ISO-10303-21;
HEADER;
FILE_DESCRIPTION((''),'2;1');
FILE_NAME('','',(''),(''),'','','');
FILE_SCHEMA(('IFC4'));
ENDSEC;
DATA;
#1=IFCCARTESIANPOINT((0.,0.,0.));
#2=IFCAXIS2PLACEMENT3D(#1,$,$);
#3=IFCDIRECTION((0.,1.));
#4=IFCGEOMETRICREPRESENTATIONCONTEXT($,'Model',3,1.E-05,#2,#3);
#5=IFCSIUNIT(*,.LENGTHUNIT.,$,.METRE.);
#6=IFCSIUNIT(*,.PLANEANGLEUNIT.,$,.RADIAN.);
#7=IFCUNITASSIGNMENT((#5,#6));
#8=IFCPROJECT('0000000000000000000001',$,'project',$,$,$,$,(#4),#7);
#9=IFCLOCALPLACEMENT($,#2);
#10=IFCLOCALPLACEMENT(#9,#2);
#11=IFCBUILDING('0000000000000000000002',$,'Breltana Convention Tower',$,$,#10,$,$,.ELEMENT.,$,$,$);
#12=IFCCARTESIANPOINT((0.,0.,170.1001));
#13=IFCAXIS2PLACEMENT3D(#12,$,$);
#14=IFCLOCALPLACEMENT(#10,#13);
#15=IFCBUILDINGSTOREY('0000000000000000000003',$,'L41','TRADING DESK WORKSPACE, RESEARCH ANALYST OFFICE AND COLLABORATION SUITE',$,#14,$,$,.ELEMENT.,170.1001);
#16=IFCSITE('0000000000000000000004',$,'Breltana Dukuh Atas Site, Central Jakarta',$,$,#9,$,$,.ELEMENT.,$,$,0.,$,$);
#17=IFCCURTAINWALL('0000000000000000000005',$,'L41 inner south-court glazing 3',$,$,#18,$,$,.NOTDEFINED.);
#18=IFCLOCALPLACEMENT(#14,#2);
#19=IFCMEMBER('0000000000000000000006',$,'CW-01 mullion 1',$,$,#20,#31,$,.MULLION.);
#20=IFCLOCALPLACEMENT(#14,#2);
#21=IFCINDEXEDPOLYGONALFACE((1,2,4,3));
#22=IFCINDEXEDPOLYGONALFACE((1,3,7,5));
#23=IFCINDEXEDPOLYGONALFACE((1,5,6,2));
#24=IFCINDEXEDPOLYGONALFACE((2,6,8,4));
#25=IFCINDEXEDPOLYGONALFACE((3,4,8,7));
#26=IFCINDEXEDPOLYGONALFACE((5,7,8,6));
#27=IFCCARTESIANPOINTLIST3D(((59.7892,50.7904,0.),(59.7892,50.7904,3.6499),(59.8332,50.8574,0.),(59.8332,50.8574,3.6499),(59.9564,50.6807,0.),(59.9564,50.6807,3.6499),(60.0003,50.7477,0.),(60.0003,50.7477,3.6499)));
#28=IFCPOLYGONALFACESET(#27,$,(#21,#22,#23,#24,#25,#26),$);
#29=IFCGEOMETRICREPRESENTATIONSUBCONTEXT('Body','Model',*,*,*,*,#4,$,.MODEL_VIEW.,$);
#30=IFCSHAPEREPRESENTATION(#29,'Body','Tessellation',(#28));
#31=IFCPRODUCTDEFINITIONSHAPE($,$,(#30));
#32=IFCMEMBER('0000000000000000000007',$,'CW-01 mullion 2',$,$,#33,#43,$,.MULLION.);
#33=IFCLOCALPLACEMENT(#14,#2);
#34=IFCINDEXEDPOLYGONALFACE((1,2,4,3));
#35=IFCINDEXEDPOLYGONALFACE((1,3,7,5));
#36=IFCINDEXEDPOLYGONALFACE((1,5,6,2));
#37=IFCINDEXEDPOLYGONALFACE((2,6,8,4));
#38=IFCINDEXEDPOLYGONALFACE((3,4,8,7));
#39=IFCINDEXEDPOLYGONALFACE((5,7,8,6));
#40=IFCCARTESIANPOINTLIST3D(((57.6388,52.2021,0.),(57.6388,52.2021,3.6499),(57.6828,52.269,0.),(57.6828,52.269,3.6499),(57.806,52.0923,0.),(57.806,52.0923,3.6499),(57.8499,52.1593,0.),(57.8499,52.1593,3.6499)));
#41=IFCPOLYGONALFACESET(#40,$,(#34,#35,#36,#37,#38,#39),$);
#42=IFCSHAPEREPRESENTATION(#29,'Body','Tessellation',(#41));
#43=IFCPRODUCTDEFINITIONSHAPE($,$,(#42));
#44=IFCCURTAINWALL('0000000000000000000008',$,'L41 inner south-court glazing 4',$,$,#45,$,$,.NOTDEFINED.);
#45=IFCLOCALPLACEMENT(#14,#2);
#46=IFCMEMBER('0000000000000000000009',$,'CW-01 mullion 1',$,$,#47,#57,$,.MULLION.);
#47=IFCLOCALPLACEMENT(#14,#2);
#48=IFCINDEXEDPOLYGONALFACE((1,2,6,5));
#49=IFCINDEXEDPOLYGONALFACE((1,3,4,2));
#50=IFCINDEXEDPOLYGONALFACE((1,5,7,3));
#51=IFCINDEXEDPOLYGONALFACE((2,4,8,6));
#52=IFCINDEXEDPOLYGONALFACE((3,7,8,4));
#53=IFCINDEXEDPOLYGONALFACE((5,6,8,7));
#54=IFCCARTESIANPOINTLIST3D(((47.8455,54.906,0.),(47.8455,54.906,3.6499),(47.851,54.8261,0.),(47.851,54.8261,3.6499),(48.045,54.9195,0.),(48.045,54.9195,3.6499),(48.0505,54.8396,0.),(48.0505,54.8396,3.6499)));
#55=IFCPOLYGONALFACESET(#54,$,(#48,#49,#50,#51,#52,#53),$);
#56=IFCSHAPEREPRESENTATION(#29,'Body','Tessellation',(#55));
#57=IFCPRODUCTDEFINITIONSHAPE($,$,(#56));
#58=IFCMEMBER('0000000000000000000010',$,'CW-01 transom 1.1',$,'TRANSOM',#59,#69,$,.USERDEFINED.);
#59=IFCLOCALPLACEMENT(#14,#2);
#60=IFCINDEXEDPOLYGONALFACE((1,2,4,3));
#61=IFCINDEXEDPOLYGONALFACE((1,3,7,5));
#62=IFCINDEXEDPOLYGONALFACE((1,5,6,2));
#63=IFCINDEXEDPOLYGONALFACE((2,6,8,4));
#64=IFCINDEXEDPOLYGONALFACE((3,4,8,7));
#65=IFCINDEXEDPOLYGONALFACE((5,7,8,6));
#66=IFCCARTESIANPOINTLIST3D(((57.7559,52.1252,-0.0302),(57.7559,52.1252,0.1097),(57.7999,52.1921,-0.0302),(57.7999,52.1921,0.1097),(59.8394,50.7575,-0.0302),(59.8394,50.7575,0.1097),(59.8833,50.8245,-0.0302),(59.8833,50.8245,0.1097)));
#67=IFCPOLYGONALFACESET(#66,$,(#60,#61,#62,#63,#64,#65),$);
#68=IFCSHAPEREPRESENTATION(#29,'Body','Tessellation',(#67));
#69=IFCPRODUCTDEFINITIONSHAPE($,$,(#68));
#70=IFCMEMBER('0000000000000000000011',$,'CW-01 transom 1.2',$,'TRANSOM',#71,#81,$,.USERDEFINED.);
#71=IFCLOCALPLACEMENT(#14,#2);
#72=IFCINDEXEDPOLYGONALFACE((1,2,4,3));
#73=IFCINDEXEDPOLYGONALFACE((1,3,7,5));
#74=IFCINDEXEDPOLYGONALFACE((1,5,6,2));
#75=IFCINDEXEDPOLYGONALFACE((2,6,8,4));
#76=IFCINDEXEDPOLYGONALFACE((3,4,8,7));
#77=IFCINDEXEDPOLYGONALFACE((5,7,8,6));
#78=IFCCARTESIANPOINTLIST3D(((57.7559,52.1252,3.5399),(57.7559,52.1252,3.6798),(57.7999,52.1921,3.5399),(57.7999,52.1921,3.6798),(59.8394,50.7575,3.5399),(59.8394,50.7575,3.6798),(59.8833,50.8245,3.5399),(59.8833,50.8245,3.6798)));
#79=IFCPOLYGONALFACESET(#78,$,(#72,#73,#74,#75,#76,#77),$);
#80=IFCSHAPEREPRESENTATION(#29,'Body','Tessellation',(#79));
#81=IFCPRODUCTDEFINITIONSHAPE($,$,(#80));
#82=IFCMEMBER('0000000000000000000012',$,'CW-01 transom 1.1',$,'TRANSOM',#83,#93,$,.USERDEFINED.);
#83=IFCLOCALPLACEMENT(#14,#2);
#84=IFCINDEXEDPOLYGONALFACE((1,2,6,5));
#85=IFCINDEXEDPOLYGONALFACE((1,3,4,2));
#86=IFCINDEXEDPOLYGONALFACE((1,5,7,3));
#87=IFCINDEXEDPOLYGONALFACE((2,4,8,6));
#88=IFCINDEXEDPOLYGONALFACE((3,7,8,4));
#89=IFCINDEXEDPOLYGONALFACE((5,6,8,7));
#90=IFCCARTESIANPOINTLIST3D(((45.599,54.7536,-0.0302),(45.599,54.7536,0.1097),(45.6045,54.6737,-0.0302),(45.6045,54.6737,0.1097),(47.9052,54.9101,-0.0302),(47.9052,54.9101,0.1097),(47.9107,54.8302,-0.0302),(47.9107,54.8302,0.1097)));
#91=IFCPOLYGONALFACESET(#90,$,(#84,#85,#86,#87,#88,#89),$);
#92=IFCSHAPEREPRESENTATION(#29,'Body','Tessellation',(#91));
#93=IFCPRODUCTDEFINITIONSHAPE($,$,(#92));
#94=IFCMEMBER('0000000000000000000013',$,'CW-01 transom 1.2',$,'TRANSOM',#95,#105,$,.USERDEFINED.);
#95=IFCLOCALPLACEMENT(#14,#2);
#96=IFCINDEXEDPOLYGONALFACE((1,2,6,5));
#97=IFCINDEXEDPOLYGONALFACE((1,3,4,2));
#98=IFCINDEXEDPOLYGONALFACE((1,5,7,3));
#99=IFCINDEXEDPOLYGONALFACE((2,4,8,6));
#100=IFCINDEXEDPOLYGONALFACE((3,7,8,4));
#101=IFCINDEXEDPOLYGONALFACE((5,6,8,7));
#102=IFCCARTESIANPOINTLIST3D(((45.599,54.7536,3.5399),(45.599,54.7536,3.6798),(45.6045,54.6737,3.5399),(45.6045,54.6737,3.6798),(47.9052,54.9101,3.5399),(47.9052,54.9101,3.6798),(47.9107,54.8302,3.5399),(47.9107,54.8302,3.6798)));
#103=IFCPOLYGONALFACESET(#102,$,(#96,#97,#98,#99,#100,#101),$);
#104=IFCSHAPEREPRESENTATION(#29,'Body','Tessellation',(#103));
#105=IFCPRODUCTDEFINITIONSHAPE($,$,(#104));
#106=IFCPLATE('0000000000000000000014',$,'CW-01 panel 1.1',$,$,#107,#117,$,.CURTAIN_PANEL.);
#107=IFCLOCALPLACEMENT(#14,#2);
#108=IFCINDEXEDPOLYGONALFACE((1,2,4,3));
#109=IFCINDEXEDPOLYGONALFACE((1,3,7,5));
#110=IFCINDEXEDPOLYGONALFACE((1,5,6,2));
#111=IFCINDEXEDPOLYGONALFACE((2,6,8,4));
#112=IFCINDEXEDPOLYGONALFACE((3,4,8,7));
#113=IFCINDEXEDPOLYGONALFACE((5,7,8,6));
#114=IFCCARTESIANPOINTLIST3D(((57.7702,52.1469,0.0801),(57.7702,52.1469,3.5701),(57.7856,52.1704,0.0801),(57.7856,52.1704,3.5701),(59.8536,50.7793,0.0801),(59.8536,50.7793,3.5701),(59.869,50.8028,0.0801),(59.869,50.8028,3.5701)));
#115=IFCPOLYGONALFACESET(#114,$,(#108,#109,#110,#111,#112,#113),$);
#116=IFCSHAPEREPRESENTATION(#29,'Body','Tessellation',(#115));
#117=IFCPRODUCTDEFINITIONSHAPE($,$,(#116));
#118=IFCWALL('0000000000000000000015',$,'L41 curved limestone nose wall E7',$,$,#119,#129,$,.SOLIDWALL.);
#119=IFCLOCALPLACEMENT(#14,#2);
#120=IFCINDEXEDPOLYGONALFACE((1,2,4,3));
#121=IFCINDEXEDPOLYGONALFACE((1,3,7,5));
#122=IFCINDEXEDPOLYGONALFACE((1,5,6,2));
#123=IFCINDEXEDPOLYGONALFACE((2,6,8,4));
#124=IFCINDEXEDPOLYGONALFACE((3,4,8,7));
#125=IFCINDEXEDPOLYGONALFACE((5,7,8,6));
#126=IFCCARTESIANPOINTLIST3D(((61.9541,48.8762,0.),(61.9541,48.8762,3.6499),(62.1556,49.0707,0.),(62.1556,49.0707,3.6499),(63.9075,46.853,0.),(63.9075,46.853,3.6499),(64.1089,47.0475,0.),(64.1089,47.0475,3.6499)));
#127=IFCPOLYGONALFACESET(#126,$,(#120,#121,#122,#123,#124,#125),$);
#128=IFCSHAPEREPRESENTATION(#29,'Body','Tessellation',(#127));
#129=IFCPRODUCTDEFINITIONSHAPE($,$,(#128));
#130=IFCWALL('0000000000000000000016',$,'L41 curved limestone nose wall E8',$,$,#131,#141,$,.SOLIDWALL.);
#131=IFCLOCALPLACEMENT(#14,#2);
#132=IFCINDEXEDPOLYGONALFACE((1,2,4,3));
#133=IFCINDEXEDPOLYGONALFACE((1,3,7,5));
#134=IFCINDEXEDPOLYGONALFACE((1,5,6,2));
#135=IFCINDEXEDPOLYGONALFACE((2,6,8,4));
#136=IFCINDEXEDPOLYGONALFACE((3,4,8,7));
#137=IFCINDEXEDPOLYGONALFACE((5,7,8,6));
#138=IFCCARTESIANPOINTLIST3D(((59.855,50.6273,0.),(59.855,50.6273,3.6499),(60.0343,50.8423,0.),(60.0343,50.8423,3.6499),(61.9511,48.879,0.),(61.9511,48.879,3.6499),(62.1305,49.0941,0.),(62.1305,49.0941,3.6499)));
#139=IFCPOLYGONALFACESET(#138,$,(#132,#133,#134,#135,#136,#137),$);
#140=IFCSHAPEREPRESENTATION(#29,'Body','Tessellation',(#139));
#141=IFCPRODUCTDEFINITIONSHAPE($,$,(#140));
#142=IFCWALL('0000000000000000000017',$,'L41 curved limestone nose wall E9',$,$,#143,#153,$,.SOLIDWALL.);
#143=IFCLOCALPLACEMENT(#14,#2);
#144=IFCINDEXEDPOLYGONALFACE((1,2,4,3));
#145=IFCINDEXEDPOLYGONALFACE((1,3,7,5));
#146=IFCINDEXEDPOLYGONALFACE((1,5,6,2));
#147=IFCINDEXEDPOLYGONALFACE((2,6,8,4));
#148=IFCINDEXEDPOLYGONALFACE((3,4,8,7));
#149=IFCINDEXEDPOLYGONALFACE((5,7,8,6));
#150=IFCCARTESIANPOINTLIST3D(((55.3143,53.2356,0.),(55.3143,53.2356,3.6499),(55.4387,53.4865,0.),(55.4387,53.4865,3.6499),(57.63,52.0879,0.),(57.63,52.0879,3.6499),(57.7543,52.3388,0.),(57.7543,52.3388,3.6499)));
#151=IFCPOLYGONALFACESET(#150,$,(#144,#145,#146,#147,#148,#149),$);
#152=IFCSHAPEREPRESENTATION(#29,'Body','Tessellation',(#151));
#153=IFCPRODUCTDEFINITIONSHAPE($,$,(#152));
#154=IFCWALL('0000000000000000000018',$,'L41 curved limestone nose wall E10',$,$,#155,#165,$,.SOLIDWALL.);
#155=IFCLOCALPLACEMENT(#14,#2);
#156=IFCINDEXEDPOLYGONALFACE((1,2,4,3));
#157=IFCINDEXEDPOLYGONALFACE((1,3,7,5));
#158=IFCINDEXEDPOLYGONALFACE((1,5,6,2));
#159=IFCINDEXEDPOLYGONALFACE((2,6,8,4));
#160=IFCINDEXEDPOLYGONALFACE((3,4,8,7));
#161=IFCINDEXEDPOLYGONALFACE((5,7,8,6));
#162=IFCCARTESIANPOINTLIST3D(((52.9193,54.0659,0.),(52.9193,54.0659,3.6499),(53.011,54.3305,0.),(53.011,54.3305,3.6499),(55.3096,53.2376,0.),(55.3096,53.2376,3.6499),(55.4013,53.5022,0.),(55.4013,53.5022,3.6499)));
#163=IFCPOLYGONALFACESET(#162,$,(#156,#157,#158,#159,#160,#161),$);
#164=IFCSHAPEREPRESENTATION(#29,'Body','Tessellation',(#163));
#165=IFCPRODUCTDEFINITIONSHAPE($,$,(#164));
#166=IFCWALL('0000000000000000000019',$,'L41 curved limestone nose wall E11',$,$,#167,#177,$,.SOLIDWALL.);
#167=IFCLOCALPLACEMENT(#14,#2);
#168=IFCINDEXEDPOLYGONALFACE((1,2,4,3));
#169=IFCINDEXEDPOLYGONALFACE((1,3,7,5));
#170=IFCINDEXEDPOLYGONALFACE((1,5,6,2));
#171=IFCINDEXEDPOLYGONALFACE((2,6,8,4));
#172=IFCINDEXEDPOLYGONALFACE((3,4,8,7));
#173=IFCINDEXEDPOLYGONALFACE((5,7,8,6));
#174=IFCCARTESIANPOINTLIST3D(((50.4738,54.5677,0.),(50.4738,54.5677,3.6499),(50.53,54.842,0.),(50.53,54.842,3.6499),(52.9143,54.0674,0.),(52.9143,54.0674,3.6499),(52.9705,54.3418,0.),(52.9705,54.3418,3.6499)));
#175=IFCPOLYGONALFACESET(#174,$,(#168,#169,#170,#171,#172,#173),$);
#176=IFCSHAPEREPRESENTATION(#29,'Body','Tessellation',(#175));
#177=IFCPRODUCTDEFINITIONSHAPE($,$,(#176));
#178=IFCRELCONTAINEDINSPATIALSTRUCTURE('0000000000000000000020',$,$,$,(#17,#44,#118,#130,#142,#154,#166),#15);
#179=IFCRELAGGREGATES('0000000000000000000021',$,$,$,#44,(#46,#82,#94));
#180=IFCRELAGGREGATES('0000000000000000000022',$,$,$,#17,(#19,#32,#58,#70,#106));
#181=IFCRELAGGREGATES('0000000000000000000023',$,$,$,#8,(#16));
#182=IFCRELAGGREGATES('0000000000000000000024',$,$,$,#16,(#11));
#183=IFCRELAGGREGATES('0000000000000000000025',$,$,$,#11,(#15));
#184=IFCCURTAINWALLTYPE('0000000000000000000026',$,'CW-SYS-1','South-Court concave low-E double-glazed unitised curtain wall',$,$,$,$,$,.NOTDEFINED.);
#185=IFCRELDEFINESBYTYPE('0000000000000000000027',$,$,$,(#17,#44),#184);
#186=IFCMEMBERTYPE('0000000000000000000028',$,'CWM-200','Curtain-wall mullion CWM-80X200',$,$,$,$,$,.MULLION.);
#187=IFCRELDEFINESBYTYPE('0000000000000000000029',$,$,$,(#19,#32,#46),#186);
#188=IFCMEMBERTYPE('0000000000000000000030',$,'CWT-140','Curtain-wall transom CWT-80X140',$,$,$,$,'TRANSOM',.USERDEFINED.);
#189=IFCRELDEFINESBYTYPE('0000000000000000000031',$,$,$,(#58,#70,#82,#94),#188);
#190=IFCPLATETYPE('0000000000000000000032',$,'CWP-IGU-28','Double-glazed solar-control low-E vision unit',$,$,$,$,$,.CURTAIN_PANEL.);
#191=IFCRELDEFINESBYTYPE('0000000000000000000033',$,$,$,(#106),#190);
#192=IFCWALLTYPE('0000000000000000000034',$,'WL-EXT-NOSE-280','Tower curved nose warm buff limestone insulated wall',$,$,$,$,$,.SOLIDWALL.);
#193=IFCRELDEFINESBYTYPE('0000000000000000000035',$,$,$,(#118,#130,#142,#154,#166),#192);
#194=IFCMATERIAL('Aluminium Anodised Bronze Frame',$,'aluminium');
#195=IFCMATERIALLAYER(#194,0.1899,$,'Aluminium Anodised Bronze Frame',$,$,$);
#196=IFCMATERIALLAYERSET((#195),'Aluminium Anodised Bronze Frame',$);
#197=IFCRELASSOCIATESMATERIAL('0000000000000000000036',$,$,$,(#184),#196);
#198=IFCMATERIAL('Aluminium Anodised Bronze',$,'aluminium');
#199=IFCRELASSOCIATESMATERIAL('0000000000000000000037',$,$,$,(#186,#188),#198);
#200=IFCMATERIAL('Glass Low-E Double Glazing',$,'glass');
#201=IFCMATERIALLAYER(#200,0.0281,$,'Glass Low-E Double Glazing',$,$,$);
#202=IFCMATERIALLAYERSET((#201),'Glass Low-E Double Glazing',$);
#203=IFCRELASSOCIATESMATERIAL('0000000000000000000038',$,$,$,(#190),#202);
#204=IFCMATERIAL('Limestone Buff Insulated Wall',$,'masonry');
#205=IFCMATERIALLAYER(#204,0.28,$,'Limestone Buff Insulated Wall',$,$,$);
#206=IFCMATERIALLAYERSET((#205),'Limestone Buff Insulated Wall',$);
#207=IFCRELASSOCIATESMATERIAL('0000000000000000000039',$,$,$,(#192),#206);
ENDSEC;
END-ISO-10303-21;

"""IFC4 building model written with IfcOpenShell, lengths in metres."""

from ifc_helpers import new_model, si_unit, direction, frame, frame_2d, origin, origin_2d, place, context, subcontext, project, spatial, rectangle, extrude, source, transform, mapped, material, layer, layer_set, material_profile, profile_set, type_object, element, aggregate, save


model = new_model("IFC4")

# Units and contexts
model_context = context("Model", 3, precision=1e-05, world=origin(), true_north=direction((0.0, 1.0)))
body_context = subcontext(model_context, "Body", "Model", "MODEL_VIEW")
ifc_project = project(units=[si_unit("LENGTHUNIT", "METRE"), si_unit("PLANEANGLEUNIT", "RADIAN")], contexts=[model_context])

# Site, building, storey
site_placement = place(None, origin())
site = spatial("IfcSite", under=ifc_project, at=site_placement, Name="Breltana Dukuh Atas Site, Central Jakarta", CompositionType="ELEMENT", RefElevation=0.0)
building_placement = place(site_placement, origin())
building = spatial("IfcBuilding", under=site, at=building_placement, Name="Breltana Convention Tower", CompositionType="ELEMENT")
storey_placement = place(building_placement, frame((0.0, 0.0, 170.1001)))
storey = spatial("IfcBuildingStorey", under=building, at=storey_placement, Name="L41", Description="TRADING DESK WORKSPACE, RESEARCH ANALYST OFFICE AND COLLABORATION SUITE", CompositionType="ELEMENT", Elevation=170.1001)

# Shared definitions
ifc_material_1 = material(Name="Aluminium Anodised Bronze Frame", Category="aluminium")
ifc_layer_1 = layer(ifc_material_1, 0.1899, Name="Aluminium Anodised Bronze Frame")
ifc_layer_set_1 = layer_set([ifc_layer_1], Name="Aluminium Anodised Bronze Frame")
curtain_wall_type = type_object("IfcCurtainWallType", Name="CW-SYS-1", Description="South-Court concave low-E double-glazed unitised curtain wall", PredefinedType="NOTDEFINED", material=ifc_layer_set_1)
ifc_material_2 = material(Name="Aluminium Anodised Bronze", Category="aluminium")
ifc_material_profile_1 = material_profile(ifc_material_2, rectangle(XDim=0.0801, YDim=0.2, at=origin_2d()), Name="CWM-80X200")
ifc_profile_set_1 = profile_set([ifc_material_profile_1], Name="Aluminium Anodised Bronze")
member_type_1 = type_object("IfcMemberType", Name="CWM-200", Description="Curtain-wall mullion CWM-80X200", PredefinedType="MULLION", material=ifc_profile_set_1)
shared_shape_1 = source(origin(), body_context, "Body", "SweptSolid", [
    extrude(rectangle(XDim=0.0801, YDim=0.2, at=origin_2d()), origin(), (0.0, 0.0, 1.0), 3.6499),
])

# Curtain wall, members
curtain_wall_1_placement = place(storey_placement, origin())
curtain_wall_1 = element("IfcCurtainWall", 1, at=curtain_wall_1_placement, inside=storey, type_object=curtain_wall_type, Name="L41 inner south-court glazing 3", PredefinedType="NOTDEFINED")
member_1_placement = place(storey_placement, frame((59.8948, 50.769, 0.0), z_axis=(0.0, 0.0, 1.0), x_axis=(-0.548752, -0.835985, 0.0)))
member_1 = element("IfcMember", 2, at=member_1_placement, type_object=member_type_1, Name="CW-01 mullion 1", PredefinedType="MULLION", context=body_context, shape_type="MappedRepresentation", body=[
    mapped(shared_shape_1, transform((0.0, 0.0, 0.0), scale=1.0)),
])
member_2_placement = place(storey_placement, frame((57.7444, 52.1807, 0.0), z_axis=(0.0, 0.0, 1.0), x_axis=(-0.548752, -0.835985, 0.0)))
member_2 = element("IfcMember", 3, at=member_2_placement, type_object=member_type_1, Name="CW-01 mullion 2", PredefinedType="MULLION", context=body_context, shape_type="MappedRepresentation", body=[
    mapped(shared_shape_1, transform((0.0, 0.0, 0.0), scale=1.0)),
])

# Curtain wall, member
curtain_wall_2_placement = place(storey_placement, origin())
curtain_wall_2 = element("IfcCurtainWall", 4, at=curtain_wall_2_placement, inside=storey, type_object=curtain_wall_type, Name="L41 inner south-court glazing 4", PredefinedType="NOTDEFINED")
member_3_placement = place(storey_placement, frame((47.948, 54.8728, 0.0), z_axis=(0.0, 0.0, 1.0), x_axis=(0.067733, -0.997703, 0.0)))
member_3 = element("IfcMember", 5, at=member_3_placement, type_object=member_type_1, Name="CW-01 mullion 1", PredefinedType="MULLION", context=body_context, shape_type="MappedRepresentation", body=[
    mapped(shared_shape_1, transform((0.0, 0.0, 0.0), scale=1.0)),
])

# Members
ifc_material_profile_2 = material_profile(ifc_material_2, rectangle(XDim=0.0801, YDim=0.1399, at=origin_2d()), Name="CWT-80X140")
ifc_profile_set_2 = profile_set([ifc_material_profile_2], Name="Aluminium Anodised Bronze")
member_type_2 = type_object("IfcMemberType", Name="CWT-140", Description="Curtain-wall transom CWT-80X140", ElementType="TRANSOM", PredefinedType="USERDEFINED", material=ifc_profile_set_2)
shared_shape_2 = source(origin(), body_context, "Body", "SweptSolid", [
    extrude(rectangle(XDim=0.0801, YDim=0.1399, at=origin_2d()), origin(), (0.0, 0.0, 1.0), 2.4922),
])
member_4_placement = place(storey_placement, frame((59.8613, 50.791, 0.0398), z_axis=(-0.835978, 0.548763, 0.0), x_axis=(-0.548763, -0.835978, 0.0)))
member_4 = element("IfcMember", 6, at=member_4_placement, type_object=member_type_2, Name="CW-01 transom 1.1", ObjectType="TRANSOM", PredefinedType="USERDEFINED", context=body_context, shape_type="MappedRepresentation", body=[
    mapped(shared_shape_2, transform((0.0, 0.0, 0.0), scale=1.0)),
])
member_5_placement = place(storey_placement, frame((59.8613, 50.791, 3.6099), z_axis=(-0.835978, 0.548763, 0.0), x_axis=(-0.548763, -0.835978, 0.0)))
member_5 = element("IfcMember", 7, at=member_5_placement, type_object=member_type_2, Name="CW-01 transom 1.2", ObjectType="TRANSOM", PredefinedType="USERDEFINED", context=body_context, shape_type="MappedRepresentation", body=[
    mapped(shared_shape_2, transform((0.0, 0.0, 0.0), scale=1.0)),
])
shared_shape_3 = source(origin(), body_context, "Body", "SweptSolid", [
    extrude(rectangle(XDim=0.0801, YDim=0.1399, at=origin_2d()), origin(), (0.0, 0.0, 1.0), 2.3115),
])
member_6_placement = place(storey_placement, frame((47.908, 54.8701, 0.0398), z_axis=(-0.997705, -0.067704, 0.0), x_axis=(0.067704, -0.997705, 0.0)))
member_6 = element("IfcMember", 8, at=member_6_placement, type_object=member_type_2, Name="CW-01 transom 1.1", ObjectType="TRANSOM", PredefinedType="USERDEFINED", context=body_context, shape_type="MappedRepresentation", body=[
    mapped(shared_shape_3, transform((0.0, 0.0, 0.0), scale=1.0)),
])
member_7_placement = place(storey_placement, frame((47.908, 54.8701, 3.6099), z_axis=(-0.997705, -0.067704, 0.0), x_axis=(0.067704, -0.997705, 0.0)))
member_7 = element("IfcMember", 9, at=member_7_placement, type_object=member_type_2, Name="CW-01 transom 1.2", ObjectType="TRANSOM", PredefinedType="USERDEFINED", context=body_context, shape_type="MappedRepresentation", body=[
    mapped(shared_shape_3, transform((0.0, 0.0, 0.0), scale=1.0)),
])
aggregate(curtain_wall_2, [member_3, member_6, member_7])

# Plate
ifc_material_3 = material(Name="Glass Low-E Double Glazing", Category="glass")
ifc_layer_2 = layer(ifc_material_3, 0.0281, Name="Glass Low-E Double Glazing")
ifc_layer_set_2 = layer_set([ifc_layer_2], Name="Glass Low-E Double Glazing")
plate_type = type_object("IfcPlateType", Name="CWP-IGU-28", Description="Double-glazed solar-control low-E vision unit", PredefinedType="CURTAIN_PANEL", material=ifc_layer_set_2)
shared_shape_4 = source(origin(), body_context, "Body", "SweptSolid", [
    extrude(rectangle(XDim=2.4922, YDim=0.0281, at=origin_2d()), origin(), (0.0, 0.0, 1.0), 3.49),
])
plate_placement = place(storey_placement, frame((58.8196, 51.4749, 0.0801), z_axis=(0.0, 0.0, 1.0), x_axis=(-0.835985, 0.548752, 0.0)))
plate = element("IfcPlate", 10, at=plate_placement, type_object=plate_type, Name="CW-01 panel 1.1", PredefinedType="CURTAIN_PANEL", context=body_context, shape_type="MappedRepresentation", body=[
    mapped(shared_shape_4, transform((0.0, 0.0, 0.0), scale=1.0)),
])
aggregate(curtain_wall_1, [member_1, member_2, member_4, member_5, plate])

# Walls
ifc_material_4 = material(Name="Limestone Buff Insulated Wall", Category="masonry")
ifc_layer_3 = layer(ifc_material_4, 0.28, Name="Limestone Buff Insulated Wall")
ifc_layer_set_3 = layer_set([ifc_layer_3], Name="Limestone Buff Insulated Wall")
wall_type_1 = type_object("IfcWallType", Name="WL-EXT-NOSE-280", Description="Tower curved nose warm buff limestone insulated wall", PredefinedType="SOLIDWALL", material=ifc_layer_set_3)
shared_shape_5 = source(origin(), body_context, "Body", "SweptSolid", [
    extrude(rectangle(XDim=2.8123, YDim=0.28, at=frame_2d((1.4062, 0.0))), origin(), (0.0, 0.0, 1.0), 3.6499),
])
wall_1_placement = place(storey_placement, frame((64.0083, 46.9502, 0.0), z_axis=(0.0, 0.0, 1.0), x_axis=(-0.694584, 0.719412, 0.0)))
element("IfcWall", 11, at=wall_1_placement, inside=storey, type_object=wall_type_1, Name="L41 curved limestone nose wall E7", PredefinedType="SOLIDWALL", context=body_context, shape_type="MappedRepresentation", body=[
    mapped(shared_shape_5, transform((0.0, 0.0, 0.0), scale=1.0)),
])
shared_shape_6 = source(origin(), body_context, "Body", "SweptSolid", [
    extrude(rectangle(XDim=2.7295, YDim=0.28, at=frame_2d((1.3647, 0.0))), origin(), (0.0, 0.0, 1.0), 3.6499),
])
wall_2_placement = place(storey_placement, frame((62.0408, 48.9866, 0.0), z_axis=(0.0, 0.0, 1.0), x_axis=(-0.767957, 0.640501, 0.0)))
element("IfcWall", 12, at=wall_2_placement, inside=storey, type_object=wall_type_1, Name="L41 curved limestone nose wall E8", PredefinedType="SOLIDWALL", context=body_context, shape_type="MappedRepresentation", body=[
    mapped(shared_shape_6, transform((0.0, 0.0, 0.0), scale=1.0)),
])
shared_shape_7 = source(origin(), body_context, "Body", "SweptSolid", [
    extrude(rectangle(XDim=2.5845, YDim=0.28, at=frame_2d((1.2922, 0.0))), origin(), (0.0, 0.0, 1.0), 3.6499),
])
wall_3_placement = place(storey_placement, frame((57.6921, 52.2134, 0.0), z_axis=(0.0, 0.0, 1.0), x_axis=(-0.89599, 0.444075, 0.0)))
element("IfcWall", 13, at=wall_3_placement, inside=storey, type_object=wall_type_1, Name="L41 curved limestone nose wall E9", PredefinedType="SOLIDWALL", context=body_context, shape_type="MappedRepresentation", body=[
    mapped(shared_shape_7, transform((0.0, 0.0, 0.0), scale=1.0)),
])
shared_shape_8 = source(origin(), body_context, "Body", "SweptSolid", [
    extrude(rectangle(XDim=2.5298, YDim=0.28, at=frame_2d((1.2649, 0.0))), origin(), (0.0, 0.0, 1.0), 3.6499),
])
wall_4_placement = place(storey_placement, frame((55.3555, 53.3699, 0.0), z_axis=(0.0, 0.0, 1.0), x_axis=(-0.944872, 0.327439, 0.0)))
element("IfcWall", 14, at=wall_4_placement, inside=storey, type_object=wall_type_1, Name="L41 curved limestone nose wall E10", PredefinedType="SOLIDWALL", context=body_context, shape_type="MappedRepresentation", body=[
    mapped(shared_shape_8, transform((0.0, 0.0, 0.0), scale=1.0)),
])
shared_shape_9 = source(origin(), body_context, "Body", "SweptSolid", [
    extrude(rectangle(XDim=2.4912, YDim=0.28, at=frame_2d((1.2456, 0.0))), origin(), (0.0, 0.0, 1.0), 3.6499),
])
wall_5_placement = place(storey_placement, frame((52.9424, 54.2046, 0.0), z_axis=(0.0, 0.0, 1.0), x_axis=(-0.979631, 0.200807, 0.0)))
element("IfcWall", 15, at=wall_5_placement, inside=storey, type_object=wall_type_1, Name="L41 curved limestone nose wall E11", PredefinedType="SOLIDWALL", context=body_context, shape_type="MappedRepresentation", body=[
    mapped(shared_shape_9, transform((0.0, 0.0, 0.0), scale=1.0)),
])

save(model, "model.ifc")
